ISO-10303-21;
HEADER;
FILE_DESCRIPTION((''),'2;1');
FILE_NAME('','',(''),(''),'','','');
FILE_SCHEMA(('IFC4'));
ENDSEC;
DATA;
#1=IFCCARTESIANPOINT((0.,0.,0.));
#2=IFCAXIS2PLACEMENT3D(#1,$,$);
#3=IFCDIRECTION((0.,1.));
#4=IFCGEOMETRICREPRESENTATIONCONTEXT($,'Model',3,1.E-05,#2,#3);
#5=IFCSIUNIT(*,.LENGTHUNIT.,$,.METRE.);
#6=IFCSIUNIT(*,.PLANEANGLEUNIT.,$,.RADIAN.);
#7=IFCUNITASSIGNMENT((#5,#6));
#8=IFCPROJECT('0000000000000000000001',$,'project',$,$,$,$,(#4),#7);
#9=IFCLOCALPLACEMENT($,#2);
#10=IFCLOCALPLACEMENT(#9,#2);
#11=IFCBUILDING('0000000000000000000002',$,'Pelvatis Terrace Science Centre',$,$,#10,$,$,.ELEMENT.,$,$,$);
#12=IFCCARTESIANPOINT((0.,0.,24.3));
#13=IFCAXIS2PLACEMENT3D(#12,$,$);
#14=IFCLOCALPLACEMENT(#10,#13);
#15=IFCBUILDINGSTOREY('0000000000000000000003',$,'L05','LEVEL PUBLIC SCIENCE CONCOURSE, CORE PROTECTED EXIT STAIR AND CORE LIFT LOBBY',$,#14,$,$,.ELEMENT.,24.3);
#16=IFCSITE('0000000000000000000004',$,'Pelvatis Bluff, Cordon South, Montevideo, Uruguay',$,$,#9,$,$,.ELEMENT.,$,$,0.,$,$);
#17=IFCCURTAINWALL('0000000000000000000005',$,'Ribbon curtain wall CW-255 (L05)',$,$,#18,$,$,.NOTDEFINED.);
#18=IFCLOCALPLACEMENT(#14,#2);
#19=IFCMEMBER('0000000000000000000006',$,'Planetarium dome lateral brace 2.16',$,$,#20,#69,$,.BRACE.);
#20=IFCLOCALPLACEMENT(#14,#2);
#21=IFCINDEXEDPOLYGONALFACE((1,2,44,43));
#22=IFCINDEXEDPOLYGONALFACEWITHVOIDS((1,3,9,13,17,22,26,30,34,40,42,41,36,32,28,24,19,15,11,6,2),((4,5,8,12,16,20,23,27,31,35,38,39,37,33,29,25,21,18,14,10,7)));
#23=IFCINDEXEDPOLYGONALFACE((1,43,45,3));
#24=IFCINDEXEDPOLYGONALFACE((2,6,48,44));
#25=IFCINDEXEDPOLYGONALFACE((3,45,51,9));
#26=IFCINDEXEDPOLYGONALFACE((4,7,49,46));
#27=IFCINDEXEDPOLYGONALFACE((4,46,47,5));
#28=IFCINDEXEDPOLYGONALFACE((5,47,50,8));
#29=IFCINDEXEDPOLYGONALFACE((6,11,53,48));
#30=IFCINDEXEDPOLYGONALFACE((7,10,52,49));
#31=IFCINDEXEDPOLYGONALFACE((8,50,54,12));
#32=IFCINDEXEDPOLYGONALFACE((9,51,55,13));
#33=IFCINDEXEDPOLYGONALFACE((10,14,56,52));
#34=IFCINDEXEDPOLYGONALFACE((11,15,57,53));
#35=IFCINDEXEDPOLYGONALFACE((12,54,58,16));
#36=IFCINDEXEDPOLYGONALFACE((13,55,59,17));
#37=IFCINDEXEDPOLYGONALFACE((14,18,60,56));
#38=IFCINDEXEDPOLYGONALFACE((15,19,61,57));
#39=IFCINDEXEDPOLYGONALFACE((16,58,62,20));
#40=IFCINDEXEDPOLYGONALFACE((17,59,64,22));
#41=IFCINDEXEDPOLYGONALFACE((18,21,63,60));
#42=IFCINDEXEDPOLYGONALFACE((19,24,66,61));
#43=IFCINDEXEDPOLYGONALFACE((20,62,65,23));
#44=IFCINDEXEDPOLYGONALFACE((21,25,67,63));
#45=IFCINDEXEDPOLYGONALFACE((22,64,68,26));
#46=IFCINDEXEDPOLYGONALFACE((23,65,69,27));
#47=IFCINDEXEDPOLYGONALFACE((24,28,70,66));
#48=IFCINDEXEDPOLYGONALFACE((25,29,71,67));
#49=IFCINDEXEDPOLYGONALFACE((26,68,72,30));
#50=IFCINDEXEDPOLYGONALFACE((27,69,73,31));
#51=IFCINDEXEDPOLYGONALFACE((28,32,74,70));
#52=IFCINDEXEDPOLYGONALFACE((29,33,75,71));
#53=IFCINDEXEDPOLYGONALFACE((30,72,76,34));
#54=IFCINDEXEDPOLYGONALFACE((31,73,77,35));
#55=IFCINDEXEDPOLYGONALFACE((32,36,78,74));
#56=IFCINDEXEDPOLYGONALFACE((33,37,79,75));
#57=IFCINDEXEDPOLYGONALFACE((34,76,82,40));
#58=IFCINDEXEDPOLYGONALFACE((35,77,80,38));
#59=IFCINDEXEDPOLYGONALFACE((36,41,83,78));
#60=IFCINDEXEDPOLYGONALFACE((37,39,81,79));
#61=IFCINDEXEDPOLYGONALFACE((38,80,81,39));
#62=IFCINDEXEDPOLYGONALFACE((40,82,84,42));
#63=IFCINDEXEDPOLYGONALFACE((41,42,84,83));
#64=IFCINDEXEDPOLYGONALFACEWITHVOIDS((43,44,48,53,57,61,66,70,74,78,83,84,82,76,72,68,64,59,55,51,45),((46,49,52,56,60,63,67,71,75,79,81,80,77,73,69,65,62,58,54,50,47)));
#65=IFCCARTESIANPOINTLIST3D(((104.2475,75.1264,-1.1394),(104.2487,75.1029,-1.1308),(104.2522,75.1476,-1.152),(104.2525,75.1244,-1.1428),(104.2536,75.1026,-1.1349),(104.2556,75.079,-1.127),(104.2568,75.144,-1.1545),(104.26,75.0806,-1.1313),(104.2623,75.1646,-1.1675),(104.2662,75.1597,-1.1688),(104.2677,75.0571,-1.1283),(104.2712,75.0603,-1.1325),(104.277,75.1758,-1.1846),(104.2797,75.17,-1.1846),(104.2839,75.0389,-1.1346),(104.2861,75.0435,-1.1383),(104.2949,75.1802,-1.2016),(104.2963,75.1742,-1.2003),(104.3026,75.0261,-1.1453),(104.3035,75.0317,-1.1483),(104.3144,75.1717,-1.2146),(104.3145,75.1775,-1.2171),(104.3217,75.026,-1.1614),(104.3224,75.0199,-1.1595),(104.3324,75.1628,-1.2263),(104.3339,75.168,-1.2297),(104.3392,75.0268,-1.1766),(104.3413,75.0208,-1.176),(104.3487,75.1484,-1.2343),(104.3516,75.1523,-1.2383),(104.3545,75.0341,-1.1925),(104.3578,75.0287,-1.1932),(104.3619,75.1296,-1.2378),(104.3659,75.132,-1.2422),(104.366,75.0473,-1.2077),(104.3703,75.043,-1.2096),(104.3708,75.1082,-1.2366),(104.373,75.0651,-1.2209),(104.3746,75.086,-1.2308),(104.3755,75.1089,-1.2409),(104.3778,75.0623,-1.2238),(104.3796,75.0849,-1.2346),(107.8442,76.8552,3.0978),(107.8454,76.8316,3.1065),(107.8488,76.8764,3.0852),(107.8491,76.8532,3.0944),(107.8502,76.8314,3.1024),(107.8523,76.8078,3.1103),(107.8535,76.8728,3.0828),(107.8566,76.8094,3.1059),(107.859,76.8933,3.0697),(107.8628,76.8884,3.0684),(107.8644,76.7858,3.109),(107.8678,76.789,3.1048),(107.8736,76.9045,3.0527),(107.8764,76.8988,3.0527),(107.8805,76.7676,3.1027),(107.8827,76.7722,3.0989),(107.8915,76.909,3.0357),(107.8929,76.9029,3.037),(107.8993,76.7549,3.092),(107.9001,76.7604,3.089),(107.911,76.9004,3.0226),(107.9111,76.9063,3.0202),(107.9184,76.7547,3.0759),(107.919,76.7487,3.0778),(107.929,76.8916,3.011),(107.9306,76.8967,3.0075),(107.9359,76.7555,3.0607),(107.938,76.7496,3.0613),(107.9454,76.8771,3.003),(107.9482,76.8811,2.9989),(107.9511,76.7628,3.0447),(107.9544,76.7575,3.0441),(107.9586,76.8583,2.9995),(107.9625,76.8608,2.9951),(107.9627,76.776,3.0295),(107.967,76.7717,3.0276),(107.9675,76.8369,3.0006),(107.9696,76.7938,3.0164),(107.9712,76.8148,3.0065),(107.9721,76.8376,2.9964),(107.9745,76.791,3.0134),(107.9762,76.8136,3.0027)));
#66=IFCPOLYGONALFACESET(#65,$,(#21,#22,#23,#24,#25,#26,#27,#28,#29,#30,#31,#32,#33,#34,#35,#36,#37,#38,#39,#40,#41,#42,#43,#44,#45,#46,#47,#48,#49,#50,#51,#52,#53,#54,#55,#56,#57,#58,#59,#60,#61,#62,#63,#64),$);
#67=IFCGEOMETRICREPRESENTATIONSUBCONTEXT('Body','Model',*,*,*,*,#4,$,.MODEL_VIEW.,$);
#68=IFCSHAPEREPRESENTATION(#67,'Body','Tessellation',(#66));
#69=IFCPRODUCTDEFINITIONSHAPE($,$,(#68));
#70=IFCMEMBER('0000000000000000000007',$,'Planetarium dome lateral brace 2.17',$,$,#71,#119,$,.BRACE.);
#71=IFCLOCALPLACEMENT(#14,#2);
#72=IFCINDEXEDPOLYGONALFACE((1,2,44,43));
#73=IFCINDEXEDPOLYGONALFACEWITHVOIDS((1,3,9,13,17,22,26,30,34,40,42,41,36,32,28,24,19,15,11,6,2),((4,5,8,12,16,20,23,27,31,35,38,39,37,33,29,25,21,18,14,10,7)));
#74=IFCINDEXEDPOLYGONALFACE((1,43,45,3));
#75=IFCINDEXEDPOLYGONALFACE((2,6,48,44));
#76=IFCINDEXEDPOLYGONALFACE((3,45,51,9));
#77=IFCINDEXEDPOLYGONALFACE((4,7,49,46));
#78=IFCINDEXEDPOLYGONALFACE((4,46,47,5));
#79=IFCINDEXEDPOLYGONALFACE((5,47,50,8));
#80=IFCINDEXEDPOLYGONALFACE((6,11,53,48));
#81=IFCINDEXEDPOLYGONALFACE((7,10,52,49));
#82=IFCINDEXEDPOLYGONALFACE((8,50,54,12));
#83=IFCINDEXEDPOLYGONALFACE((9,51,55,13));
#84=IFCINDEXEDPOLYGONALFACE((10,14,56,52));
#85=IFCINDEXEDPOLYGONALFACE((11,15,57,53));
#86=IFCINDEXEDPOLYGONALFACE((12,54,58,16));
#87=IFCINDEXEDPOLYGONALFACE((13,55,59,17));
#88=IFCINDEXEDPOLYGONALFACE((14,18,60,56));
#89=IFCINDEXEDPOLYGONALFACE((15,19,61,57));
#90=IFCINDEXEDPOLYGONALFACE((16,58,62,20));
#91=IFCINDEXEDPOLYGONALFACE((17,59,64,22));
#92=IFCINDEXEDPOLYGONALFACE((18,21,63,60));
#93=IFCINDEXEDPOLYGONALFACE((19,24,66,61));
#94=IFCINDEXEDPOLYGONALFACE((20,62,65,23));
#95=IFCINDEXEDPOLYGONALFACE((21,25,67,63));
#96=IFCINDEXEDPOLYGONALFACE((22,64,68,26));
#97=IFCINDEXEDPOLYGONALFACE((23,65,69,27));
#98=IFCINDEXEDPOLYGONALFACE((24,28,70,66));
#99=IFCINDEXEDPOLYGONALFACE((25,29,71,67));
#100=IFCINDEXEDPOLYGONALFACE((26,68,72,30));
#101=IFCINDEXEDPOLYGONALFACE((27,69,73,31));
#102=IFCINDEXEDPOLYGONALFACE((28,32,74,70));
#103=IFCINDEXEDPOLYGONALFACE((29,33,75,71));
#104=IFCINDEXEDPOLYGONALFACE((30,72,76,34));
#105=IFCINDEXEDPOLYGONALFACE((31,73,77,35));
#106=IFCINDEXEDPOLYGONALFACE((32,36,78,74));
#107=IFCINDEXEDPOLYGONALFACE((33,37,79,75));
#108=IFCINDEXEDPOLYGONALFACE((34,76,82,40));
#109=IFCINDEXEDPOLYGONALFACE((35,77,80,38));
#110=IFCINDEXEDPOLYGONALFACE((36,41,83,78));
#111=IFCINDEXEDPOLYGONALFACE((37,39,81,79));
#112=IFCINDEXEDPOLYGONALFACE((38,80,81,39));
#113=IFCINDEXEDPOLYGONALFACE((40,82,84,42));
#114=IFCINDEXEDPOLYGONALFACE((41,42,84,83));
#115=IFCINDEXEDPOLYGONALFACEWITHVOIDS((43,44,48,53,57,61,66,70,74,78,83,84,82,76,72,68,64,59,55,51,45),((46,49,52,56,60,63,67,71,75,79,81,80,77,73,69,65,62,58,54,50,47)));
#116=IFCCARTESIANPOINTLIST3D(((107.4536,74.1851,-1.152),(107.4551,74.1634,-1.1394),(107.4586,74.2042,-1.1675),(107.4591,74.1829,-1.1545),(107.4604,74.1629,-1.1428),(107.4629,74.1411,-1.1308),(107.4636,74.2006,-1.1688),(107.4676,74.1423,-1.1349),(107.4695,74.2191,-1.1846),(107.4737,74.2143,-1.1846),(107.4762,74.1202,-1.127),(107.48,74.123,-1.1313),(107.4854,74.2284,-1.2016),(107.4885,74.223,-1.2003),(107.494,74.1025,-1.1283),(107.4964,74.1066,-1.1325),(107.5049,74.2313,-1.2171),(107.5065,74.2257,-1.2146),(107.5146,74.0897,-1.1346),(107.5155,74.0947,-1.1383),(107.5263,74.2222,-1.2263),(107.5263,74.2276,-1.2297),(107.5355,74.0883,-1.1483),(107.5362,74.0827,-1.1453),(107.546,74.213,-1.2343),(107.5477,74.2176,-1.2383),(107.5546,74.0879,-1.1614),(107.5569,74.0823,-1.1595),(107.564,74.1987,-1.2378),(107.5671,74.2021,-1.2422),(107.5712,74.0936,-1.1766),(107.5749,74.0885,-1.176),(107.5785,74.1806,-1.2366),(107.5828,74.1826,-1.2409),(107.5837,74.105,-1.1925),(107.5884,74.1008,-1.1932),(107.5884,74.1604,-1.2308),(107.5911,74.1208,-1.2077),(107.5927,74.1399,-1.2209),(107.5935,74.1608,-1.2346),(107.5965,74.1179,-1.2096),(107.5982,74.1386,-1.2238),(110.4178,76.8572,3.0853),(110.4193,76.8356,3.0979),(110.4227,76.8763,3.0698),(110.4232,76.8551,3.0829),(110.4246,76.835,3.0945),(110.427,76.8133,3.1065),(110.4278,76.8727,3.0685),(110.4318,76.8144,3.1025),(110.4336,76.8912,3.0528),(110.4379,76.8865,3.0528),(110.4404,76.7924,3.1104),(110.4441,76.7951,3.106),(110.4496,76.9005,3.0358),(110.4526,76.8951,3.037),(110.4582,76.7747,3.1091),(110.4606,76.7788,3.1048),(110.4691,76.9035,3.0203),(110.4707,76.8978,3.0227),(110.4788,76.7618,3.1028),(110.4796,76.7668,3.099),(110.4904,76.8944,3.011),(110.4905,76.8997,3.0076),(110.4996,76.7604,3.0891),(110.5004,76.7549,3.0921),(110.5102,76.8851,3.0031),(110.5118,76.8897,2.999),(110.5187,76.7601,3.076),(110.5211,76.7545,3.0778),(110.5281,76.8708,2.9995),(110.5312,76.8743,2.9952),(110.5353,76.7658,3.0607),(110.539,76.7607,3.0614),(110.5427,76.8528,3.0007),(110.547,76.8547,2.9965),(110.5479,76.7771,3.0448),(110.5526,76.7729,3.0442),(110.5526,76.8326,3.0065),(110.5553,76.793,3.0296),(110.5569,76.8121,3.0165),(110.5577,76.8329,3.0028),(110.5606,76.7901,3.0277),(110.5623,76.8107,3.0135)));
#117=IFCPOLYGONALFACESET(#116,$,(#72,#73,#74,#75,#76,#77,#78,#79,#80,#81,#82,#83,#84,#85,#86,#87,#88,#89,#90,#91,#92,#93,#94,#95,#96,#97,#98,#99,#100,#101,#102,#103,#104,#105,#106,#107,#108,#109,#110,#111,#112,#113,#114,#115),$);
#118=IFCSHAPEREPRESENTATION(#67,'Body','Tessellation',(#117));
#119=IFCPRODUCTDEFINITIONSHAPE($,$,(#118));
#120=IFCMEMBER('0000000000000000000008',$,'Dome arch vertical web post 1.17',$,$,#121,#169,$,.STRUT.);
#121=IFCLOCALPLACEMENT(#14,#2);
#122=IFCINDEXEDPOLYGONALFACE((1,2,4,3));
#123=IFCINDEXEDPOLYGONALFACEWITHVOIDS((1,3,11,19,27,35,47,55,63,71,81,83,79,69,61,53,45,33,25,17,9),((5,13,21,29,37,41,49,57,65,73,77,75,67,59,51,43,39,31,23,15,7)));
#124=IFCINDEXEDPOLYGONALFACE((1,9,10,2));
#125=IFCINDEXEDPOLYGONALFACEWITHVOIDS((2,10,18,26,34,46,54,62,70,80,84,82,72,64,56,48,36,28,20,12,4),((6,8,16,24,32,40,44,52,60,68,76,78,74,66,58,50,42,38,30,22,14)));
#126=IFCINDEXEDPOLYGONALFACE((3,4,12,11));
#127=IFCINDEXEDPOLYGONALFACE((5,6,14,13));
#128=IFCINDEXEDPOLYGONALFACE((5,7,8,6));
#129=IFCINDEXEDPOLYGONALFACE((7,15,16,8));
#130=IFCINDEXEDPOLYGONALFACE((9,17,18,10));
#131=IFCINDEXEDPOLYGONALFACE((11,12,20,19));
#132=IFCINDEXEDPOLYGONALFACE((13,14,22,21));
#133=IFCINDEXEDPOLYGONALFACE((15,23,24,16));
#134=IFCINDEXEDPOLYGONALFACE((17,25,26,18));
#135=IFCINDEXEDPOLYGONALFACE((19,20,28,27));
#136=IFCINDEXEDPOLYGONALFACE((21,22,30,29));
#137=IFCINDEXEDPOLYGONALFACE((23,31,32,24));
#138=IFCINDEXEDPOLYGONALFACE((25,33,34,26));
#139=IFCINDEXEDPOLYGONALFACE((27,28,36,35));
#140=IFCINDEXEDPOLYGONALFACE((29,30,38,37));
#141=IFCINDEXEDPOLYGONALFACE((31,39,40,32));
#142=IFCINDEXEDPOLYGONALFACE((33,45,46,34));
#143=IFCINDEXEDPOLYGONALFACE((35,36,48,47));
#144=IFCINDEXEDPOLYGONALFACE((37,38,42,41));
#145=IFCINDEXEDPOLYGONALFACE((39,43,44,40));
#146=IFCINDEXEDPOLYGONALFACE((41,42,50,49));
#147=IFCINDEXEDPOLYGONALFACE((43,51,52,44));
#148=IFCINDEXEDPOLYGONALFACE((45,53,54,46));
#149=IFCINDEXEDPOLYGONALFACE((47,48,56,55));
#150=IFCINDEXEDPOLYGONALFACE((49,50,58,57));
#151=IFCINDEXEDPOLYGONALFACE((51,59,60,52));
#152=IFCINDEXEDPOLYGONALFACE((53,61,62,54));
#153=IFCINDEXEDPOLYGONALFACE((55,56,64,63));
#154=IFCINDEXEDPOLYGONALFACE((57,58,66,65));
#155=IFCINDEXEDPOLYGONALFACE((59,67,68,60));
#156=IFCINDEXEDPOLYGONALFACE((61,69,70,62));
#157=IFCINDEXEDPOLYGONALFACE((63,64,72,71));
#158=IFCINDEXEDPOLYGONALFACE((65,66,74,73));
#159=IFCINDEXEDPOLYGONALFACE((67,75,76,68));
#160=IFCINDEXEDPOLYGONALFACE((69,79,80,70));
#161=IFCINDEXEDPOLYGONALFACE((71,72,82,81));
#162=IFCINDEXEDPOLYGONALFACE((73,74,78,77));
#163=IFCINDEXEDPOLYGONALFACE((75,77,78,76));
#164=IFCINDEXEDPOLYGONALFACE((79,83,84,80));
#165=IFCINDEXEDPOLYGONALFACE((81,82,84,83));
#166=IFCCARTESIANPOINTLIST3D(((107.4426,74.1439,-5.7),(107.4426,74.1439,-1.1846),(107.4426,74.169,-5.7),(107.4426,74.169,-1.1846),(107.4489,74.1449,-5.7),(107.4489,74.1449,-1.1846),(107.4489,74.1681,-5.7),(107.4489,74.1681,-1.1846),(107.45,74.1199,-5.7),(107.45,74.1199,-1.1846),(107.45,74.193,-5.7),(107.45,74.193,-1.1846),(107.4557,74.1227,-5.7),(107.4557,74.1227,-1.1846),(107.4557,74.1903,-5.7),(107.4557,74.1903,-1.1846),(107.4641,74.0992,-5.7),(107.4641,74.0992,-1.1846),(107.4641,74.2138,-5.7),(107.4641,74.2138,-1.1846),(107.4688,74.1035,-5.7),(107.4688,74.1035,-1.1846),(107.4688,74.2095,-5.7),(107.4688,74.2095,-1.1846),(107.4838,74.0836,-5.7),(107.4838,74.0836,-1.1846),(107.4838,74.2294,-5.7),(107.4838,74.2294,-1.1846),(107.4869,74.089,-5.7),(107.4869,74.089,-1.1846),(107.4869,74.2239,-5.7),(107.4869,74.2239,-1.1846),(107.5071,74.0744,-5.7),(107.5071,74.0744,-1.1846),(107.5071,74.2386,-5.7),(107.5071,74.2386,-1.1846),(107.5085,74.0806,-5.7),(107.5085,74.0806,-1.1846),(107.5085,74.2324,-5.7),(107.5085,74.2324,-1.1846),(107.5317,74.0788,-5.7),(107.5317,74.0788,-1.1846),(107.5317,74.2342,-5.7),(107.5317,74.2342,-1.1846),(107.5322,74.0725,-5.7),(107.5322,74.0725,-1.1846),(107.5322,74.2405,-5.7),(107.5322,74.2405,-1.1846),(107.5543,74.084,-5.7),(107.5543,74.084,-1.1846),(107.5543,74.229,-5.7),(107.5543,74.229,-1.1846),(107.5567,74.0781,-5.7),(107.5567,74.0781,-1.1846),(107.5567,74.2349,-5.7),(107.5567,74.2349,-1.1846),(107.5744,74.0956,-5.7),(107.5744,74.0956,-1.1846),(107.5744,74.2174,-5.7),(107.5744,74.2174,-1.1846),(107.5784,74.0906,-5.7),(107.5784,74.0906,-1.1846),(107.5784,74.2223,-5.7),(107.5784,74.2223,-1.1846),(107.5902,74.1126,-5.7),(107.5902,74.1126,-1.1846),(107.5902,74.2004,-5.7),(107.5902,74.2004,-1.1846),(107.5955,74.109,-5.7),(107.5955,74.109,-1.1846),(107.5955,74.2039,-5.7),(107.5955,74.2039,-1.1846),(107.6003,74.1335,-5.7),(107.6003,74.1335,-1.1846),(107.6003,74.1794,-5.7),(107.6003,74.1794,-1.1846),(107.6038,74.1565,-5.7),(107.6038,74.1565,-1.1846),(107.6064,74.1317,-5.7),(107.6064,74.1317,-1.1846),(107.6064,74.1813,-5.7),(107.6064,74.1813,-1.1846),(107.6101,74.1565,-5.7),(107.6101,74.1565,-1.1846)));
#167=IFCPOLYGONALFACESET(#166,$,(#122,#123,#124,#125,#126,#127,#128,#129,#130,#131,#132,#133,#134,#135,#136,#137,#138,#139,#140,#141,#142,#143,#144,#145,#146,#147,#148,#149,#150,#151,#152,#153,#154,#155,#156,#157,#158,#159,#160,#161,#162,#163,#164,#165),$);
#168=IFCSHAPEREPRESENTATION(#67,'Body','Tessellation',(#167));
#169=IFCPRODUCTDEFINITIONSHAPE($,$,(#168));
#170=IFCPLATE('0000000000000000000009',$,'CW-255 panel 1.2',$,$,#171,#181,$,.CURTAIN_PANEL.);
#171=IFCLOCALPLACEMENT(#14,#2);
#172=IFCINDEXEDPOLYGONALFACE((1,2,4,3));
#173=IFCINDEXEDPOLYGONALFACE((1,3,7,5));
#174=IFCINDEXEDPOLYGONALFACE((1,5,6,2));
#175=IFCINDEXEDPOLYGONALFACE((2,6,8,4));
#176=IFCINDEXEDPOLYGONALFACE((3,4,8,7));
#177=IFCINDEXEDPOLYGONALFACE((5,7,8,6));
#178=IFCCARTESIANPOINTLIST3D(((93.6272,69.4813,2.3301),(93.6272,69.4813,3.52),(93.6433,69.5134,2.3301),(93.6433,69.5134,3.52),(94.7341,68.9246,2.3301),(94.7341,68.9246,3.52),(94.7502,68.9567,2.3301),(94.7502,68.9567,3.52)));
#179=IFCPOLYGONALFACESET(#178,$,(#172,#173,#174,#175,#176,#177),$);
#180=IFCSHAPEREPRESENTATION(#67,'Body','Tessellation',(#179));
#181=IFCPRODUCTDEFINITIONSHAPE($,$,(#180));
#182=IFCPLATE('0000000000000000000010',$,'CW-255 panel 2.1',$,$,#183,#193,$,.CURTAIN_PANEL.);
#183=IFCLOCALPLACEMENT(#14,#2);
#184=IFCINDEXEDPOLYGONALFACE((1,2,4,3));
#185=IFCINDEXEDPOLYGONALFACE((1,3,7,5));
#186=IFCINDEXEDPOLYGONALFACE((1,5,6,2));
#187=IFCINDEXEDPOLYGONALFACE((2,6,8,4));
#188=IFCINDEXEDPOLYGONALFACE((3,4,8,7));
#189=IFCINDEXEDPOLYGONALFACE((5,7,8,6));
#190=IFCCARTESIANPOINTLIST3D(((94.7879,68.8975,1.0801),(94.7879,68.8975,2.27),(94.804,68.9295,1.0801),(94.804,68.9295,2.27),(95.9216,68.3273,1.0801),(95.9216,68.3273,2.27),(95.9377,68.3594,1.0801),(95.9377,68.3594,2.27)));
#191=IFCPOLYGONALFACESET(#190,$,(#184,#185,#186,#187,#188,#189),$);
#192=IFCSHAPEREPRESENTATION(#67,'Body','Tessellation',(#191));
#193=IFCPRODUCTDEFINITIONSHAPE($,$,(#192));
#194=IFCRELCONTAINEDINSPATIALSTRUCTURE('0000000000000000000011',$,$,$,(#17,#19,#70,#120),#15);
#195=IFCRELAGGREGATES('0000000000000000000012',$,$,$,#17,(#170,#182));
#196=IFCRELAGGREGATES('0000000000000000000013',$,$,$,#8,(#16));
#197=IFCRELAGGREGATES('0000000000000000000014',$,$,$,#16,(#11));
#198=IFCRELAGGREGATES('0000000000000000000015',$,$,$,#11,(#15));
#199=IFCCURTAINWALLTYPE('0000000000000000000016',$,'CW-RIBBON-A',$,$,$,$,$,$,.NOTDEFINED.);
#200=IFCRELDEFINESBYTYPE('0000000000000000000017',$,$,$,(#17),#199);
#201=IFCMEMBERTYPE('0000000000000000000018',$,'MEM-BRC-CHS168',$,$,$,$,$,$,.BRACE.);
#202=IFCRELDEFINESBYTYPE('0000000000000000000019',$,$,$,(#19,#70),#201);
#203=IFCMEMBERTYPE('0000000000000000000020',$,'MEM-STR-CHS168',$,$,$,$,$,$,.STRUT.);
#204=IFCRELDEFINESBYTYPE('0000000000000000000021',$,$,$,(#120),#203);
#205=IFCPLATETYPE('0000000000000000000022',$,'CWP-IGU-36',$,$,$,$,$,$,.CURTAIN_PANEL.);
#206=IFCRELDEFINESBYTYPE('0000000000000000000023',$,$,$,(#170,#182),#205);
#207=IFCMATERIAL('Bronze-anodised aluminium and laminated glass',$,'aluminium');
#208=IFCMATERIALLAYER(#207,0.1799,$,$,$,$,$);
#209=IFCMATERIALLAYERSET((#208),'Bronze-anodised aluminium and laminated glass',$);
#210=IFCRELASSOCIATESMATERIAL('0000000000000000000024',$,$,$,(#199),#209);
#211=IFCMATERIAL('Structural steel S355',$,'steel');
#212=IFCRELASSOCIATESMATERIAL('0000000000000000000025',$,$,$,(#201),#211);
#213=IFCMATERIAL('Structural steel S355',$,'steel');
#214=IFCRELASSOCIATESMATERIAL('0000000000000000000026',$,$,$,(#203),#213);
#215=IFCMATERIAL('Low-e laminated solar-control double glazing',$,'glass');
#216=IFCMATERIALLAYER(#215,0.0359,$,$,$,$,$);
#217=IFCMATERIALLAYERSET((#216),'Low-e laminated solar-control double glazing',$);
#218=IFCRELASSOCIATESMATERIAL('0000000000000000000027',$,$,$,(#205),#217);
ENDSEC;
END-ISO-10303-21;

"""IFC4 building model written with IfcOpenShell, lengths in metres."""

from ifc_helpers import new_model, si_unit, direction, frame, origin, origin_2d, place, context, subcontext, project, spatial, rectangle, hollow_circle, extrude, material, layer, layer_set, material_profile, profile_set, type_object, element, aggregate, save


model = new_model("IFC4")

# Units and contexts
model_context = context("Model", 3, precision=1e-05, world=origin(), true_north=direction((0.0, 1.0)))
body_context = subcontext(model_context, "Body", "Model", "MODEL_VIEW")
ifc_project = project(units=[si_unit("LENGTHUNIT", "METRE"), si_unit("PLANEANGLEUNIT", "RADIAN")], contexts=[model_context])

# Site, building, storey
site_placement = place(None, origin())
site = spatial("IfcSite", under=ifc_project, at=site_placement, Name="Pelvatis Bluff, Cordon South, Montevideo, Uruguay", CompositionType="ELEMENT", RefElevation=0.0)
building_placement = place(site_placement, origin())
building = spatial("IfcBuilding", under=site, at=building_placement, Name="Pelvatis Terrace Science Centre", CompositionType="ELEMENT")
storey_placement = place(building_placement, frame((0.0, 0.0, 24.3)))
storey = spatial("IfcBuildingStorey", under=building, at=storey_placement, Name="L05", Description="LEVEL PUBLIC SCIENCE CONCOURSE, CORE PROTECTED EXIT STAIR AND CORE LIFT LOBBY", CompositionType="ELEMENT", Elevation=24.3)

# Curtain wall
ifc_material_1 = material(Name="Bronze-anodised aluminium and laminated glass", Category="aluminium")
ifc_layer_1 = layer(ifc_material_1, 0.1799)
ifc_layer_set_1 = layer_set([ifc_layer_1], Name="Bronze-anodised aluminium and laminated glass")
curtain_wall_type = type_object("IfcCurtainWallType", Name="CW-RIBBON-A", PredefinedType="NOTDEFINED", material=ifc_layer_set_1)
curtain_wall_placement = place(storey_placement, origin())
curtain_wall = element("IfcCurtainWall", 1, at=curtain_wall_placement, inside=storey, type_object=curtain_wall_type, Name="Ribbon curtain wall CW-255 (L05)", PredefinedType="NOTDEFINED")

# Members
ifc_material_2 = material(Name="Structural steel S355", Category="steel")
ifc_material_profile_1 = material_profile(ifc_material_2, hollow_circle(Radius=0.0842, WallThickness=0.0063, at=origin_2d()), Name="CHS 168.3x6.3")
ifc_profile_set_1 = profile_set([ifc_material_profile_1], Name="Structural steel S355")
member_type_1 = type_object("IfcMemberType", Name="MEM-BRC-CHS168", PredefinedType="BRACE", material=ifc_profile_set_1)
member_1_placement = place(storey_placement, frame((104.3135, 75.0999, -1.1846), z_axis=(0.617922, 0.297007, 0.727983), x_axis=(-0.43321, 0.901293, 0.0)))
element("IfcMember", 2, at=member_1_placement, inside=storey, type_object=member_type_1, Name="Planetarium dome lateral brace 2.16", PredefinedType="BRACE", context=body_context, shape_type="SweptSolid", body=[
    extrude(hollow_circle(Radius=0.0842, WallThickness=0.0063, at=origin_2d()), origin(), (0.0, 0.0, 1.0), 5.8206),
])
member_2_placement = place(storey_placement, frame((107.5259, 74.1565, -1.1846), z_axis=(0.509233, 0.459069, 0.727968), x_axis=(-0.669576, 0.742743, 0.0)))
element("IfcMember", 3, at=member_2_placement, inside=storey, type_object=member_type_1, Name="Planetarium dome lateral brace 2.17", PredefinedType="BRACE", context=body_context, shape_type="SweptSolid", body=[
    extrude(hollow_circle(Radius=0.0842, WallThickness=0.0063, at=origin_2d()), origin(), (0.0, 0.0, 1.0), 5.8208),
])
ifc_material_3 = material(Name="Structural steel S355", Category="steel")
ifc_material_profile_2 = material_profile(ifc_material_3, hollow_circle(Radius=0.0842, WallThickness=0.0063, at=origin_2d()), Name="CHS 168.3x6.3")
ifc_profile_set_2 = profile_set([ifc_material_profile_2], Name="Structural steel S355")
member_type_2 = type_object("IfcMemberType", Name="MEM-STR-CHS168", PredefinedType="STRUT", material=ifc_profile_set_2)
member_3_placement = place(storey_placement, frame((107.5259, 74.1565, -5.7), z_axis=(0.0, 0.0, 1.0), x_axis=(1.0, 0.0, 0.0)))
element("IfcMember", 4, at=member_3_placement, inside=storey, type_object=member_type_2, Name="Dome arch vertical web post 1.17", PredefinedType="STRUT", context=body_context, shape_type="SweptSolid", body=[
    extrude(hollow_circle(Radius=0.0842, WallThickness=0.0063, at=origin_2d()), origin(), (0.0, 0.0, 1.0), 4.5154),
])

# Plates
ifc_material_4 = material(Name="Low-e laminated solar-control double glazing", Category="glass")
ifc_layer_2 = layer(ifc_material_4, 0.0359)
ifc_layer_set_2 = layer_set([ifc_layer_2], Name="Low-e laminated solar-control double glazing")
plate_type_1 = type_object("IfcPlateType", Name="CWP-IGU-36", PredefinedType="CURTAIN_PANEL", material=ifc_layer_set_2)
plate_1_placement = place(storey_placement, frame((94.1887, 69.219, 2.3301), z_axis=(0.0, 0.0, 1.0), x_axis=(0.893379, -0.449304, 0.0)))
plate_1 = element("IfcPlate", 5, at=plate_1_placement, type_object=plate_type_1, Name="CW-255 panel 1.2", PredefinedType="CURTAIN_PANEL", context=body_context, shape_type="SweptSolid", body=[
    extrude(rectangle(XDim=1.239, YDim=0.0359, at=origin_2d()), origin(), (0.0, 0.0, 1.0), 1.1899),
])
plate_2_placement = place(storey_placement, frame((95.3628, 68.6284, 1.0801), z_axis=(0.0, 0.0, 1.0), x_axis=(0.893379, -0.449304, 0.0)))
plate_2 = element("IfcPlate", 6, at=plate_2_placement, type_object=plate_type_1, Name="CW-255 panel 2.1", PredefinedType="CURTAIN_PANEL", context=body_context, shape_type="SweptSolid", body=[
    extrude(rectangle(XDim=1.269, YDim=0.0359, at=origin_2d()), origin(), (0.0, 0.0, 1.0), 1.1899),
])
aggregate(curtain_wall, [plate_1, plate_2])

save(model, "model.ifc")
